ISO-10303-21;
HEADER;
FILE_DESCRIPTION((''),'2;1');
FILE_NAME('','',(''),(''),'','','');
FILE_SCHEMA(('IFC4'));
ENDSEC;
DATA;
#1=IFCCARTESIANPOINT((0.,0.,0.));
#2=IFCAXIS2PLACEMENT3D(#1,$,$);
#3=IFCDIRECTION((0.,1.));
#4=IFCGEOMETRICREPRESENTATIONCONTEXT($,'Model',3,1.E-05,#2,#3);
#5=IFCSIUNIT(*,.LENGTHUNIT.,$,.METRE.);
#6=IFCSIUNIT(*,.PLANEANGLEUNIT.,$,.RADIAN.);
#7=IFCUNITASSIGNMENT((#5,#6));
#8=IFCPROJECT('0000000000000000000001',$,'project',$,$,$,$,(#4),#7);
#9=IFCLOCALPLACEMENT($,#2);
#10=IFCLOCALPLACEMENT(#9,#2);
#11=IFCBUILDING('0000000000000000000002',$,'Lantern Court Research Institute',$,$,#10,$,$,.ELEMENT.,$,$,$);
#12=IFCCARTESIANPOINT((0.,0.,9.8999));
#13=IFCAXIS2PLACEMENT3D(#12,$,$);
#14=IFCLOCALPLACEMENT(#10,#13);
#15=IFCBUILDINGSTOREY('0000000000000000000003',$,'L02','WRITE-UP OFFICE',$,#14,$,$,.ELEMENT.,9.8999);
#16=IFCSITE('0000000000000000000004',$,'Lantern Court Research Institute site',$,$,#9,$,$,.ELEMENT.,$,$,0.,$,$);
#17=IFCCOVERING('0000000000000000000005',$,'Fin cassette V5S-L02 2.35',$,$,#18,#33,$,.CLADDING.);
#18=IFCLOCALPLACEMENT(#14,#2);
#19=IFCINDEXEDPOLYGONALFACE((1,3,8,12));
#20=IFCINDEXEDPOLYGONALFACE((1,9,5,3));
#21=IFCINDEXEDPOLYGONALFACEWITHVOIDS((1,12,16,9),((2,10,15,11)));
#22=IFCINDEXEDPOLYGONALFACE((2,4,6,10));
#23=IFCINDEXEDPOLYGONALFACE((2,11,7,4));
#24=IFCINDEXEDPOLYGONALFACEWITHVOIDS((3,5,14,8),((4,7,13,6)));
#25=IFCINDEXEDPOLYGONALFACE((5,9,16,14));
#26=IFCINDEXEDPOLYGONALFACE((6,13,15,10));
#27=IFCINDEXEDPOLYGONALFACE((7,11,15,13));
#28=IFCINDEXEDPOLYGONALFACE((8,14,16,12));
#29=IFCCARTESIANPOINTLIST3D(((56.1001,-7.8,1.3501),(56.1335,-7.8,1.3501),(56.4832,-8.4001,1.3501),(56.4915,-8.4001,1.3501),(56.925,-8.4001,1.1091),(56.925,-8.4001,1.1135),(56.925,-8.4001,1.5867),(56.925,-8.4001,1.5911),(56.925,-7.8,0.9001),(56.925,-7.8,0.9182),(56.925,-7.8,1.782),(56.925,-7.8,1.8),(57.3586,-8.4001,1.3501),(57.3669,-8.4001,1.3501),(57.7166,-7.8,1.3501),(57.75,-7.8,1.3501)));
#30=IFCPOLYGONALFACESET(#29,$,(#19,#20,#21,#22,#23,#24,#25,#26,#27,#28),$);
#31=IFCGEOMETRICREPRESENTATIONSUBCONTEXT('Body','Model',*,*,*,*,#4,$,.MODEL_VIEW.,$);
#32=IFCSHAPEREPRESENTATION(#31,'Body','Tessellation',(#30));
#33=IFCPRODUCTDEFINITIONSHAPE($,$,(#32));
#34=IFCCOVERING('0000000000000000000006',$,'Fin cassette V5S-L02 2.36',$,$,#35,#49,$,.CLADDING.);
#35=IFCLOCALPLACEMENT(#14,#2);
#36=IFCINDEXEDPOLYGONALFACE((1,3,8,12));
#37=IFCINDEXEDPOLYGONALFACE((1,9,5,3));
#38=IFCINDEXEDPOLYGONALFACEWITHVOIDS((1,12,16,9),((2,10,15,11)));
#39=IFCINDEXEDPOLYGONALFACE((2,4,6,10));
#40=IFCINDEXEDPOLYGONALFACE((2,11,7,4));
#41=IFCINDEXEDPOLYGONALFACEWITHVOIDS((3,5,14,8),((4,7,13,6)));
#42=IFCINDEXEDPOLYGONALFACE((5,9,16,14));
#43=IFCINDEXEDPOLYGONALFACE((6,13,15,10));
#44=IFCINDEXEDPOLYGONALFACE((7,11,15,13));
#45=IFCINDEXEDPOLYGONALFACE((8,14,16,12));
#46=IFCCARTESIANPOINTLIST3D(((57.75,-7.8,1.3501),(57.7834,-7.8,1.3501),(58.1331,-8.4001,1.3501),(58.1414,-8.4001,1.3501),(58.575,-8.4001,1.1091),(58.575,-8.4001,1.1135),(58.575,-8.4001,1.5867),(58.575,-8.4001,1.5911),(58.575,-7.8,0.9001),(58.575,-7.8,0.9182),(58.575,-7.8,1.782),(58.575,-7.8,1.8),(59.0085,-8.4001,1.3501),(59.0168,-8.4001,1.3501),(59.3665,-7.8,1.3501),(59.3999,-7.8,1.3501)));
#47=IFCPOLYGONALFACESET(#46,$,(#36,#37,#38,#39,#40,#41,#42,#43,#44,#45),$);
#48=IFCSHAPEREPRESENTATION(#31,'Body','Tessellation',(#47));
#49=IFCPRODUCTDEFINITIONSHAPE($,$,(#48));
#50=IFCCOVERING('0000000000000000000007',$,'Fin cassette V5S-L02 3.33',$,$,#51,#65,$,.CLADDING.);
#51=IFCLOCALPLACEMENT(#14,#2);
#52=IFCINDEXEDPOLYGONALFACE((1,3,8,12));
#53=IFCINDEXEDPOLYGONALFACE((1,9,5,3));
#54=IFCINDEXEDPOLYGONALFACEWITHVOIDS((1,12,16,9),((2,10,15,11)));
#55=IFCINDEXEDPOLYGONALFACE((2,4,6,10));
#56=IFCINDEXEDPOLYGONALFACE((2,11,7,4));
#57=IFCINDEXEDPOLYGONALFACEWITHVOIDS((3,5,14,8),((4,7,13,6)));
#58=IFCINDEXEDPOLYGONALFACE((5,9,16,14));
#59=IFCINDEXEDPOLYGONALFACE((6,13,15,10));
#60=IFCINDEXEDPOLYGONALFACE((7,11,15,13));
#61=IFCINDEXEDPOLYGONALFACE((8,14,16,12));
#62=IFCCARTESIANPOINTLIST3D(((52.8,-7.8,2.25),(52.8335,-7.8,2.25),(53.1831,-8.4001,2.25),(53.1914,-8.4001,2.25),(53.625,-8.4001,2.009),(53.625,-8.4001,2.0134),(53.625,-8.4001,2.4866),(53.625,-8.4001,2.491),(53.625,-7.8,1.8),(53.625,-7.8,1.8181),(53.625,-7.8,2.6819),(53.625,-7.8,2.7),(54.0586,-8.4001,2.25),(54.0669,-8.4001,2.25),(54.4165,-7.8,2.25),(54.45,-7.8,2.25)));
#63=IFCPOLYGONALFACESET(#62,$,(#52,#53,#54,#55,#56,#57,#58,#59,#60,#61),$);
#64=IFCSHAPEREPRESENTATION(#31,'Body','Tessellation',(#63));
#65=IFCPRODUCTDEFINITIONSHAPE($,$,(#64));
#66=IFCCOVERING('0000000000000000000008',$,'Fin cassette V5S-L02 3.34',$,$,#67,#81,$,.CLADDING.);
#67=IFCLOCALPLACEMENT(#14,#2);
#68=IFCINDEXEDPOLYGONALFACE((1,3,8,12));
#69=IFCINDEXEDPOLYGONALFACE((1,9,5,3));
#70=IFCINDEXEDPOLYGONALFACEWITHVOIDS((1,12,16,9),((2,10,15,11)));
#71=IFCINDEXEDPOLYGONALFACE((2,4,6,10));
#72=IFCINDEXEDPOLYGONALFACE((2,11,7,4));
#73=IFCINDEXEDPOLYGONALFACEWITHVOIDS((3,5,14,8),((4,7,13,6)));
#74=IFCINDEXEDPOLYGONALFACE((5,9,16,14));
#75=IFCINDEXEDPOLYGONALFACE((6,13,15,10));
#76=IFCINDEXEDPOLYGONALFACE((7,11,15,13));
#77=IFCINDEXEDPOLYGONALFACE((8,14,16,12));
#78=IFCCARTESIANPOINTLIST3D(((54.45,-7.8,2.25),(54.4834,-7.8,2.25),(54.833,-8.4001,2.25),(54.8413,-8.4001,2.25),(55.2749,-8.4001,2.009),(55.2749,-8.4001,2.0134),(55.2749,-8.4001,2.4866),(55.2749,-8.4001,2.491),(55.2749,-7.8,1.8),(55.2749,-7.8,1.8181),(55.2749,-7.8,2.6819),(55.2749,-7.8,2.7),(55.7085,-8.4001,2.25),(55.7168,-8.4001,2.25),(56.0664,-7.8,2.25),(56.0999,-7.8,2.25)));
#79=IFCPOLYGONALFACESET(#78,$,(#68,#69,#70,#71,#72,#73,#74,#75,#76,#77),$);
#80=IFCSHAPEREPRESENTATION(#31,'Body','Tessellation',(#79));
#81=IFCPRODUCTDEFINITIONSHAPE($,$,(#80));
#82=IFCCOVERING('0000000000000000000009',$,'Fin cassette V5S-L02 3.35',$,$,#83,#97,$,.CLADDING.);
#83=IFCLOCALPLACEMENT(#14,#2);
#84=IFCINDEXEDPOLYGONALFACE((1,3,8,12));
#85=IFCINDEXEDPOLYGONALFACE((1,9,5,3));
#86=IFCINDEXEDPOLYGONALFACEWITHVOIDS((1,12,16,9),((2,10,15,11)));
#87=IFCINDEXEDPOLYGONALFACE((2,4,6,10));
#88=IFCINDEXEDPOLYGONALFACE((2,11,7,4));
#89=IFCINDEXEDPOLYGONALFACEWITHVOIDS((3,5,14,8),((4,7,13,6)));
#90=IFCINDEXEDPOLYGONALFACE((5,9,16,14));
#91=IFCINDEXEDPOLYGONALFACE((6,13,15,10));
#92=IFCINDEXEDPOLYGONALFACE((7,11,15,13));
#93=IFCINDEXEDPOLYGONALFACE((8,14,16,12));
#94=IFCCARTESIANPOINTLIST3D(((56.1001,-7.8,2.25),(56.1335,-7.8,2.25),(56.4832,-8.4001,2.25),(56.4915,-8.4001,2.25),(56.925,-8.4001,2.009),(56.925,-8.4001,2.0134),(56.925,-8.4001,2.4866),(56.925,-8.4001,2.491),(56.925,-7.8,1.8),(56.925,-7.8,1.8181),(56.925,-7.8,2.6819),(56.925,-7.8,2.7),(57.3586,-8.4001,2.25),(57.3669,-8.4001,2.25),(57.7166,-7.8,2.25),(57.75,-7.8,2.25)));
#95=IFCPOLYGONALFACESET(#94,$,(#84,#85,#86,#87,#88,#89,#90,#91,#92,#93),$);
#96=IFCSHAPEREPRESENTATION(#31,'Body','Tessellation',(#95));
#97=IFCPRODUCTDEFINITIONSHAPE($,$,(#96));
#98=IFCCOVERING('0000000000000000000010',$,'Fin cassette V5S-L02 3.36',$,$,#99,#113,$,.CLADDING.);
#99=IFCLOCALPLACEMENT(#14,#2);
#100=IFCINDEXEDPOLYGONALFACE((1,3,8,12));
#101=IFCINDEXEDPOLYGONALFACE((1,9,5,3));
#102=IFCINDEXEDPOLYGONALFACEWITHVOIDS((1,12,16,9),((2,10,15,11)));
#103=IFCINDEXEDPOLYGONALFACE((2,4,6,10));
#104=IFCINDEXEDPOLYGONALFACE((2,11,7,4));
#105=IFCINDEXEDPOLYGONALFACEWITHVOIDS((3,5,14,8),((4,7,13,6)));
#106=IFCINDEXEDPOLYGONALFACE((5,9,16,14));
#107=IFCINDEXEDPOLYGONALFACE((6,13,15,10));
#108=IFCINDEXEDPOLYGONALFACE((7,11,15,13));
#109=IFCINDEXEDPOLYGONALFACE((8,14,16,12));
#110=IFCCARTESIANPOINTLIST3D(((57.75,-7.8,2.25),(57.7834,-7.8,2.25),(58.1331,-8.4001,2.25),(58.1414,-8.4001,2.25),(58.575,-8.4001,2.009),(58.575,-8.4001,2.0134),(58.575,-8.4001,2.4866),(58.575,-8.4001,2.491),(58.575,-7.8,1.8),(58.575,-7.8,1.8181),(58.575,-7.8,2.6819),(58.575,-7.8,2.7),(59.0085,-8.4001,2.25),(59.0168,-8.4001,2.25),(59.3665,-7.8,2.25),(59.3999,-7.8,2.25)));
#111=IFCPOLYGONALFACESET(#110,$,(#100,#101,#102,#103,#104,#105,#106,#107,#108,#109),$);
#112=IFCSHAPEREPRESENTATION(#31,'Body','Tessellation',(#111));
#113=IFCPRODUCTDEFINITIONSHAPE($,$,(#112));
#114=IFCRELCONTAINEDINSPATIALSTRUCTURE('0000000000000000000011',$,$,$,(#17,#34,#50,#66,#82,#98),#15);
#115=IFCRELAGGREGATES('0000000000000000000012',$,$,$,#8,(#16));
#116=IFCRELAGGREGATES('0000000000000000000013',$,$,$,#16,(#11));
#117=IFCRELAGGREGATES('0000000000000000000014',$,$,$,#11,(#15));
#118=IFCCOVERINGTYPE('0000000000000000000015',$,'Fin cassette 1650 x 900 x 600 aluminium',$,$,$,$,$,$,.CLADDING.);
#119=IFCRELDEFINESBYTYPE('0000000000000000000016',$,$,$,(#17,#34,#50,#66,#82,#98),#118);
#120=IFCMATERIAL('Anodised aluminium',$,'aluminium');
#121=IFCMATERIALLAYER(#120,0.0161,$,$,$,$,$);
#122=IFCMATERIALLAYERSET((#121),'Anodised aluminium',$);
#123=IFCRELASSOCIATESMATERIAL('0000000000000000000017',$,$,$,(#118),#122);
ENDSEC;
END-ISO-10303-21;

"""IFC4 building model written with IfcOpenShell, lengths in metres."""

from ifc_helpers import new_model, entity, si_unit, direction, frame, origin, place, context, subcontext, project, spatial, material, layer, layer_set, type_object, element, save


model = new_model("IFC4")

# Units and contexts
model_context = context("Model", 3, precision=1e-05, world=origin(), true_north=direction((0.0, 1.0)))
body_context = subcontext(model_context, "Body", "Model", "MODEL_VIEW")
ifc_project = project(units=[si_unit("LENGTHUNIT", "METRE"), si_unit("PLANEANGLEUNIT", "RADIAN")], contexts=[model_context])

# Site, building, storey
site_placement = place(None, origin())
site = spatial("IfcSite", under=ifc_project, at=site_placement, Name="Lantern Court Research Institute site", CompositionType="ELEMENT", RefElevation=0.0)
building_placement = place(site_placement, origin())
building = spatial("IfcBuilding", under=site, at=building_placement, Name="Lantern Court Research Institute", CompositionType="ELEMENT")
storey_placement = place(building_placement, frame((0.0, 0.0, 9.8999)))
storey = spatial("IfcBuildingStorey", under=building, at=storey_placement, Name="L02", Description="WRITE-UP OFFICE", CompositionType="ELEMENT", Elevation=9.8999)

# Coverings
ifc_material = material(Name="Anodised aluminium", Category="aluminium")
ifc_layer = layer(ifc_material, 0.0161)
ifc_layer_set = layer_set([ifc_layer], Name="Anodised aluminium")
covering_type = type_object("IfcCoveringType", Name="Fin cassette 1650 x 900 x 600 aluminium", PredefinedType="CLADDING", material=ifc_layer_set)
covering_1_placement = place(storey_placement, frame((56.925, -7.8, 1.3501), z_axis=(0.0, -1.0, 0.0), x_axis=(1.0, 0.0, 0.0)))
cartesian_point_1 = entity("IfcCartesianPoint", [0.825, 0.0])
cartesian_point_2 = entity("IfcCartesianPoint", [0.7915, 0.0])
cartesian_point_3 = entity("IfcCartesianPoint", [0.4419, 0.0])
cartesian_point_4 = entity("IfcCartesianPoint", [0.4336, 0.0])
element("IfcCovering", 1, at=covering_1_placement, inside=storey, type_object=covering_type, Name="Fin cassette V5S-L02 2.35", PredefinedType="CLADDING", context=body_context, shape_type="SweptSolid", body=[
    entity("IfcExtrudedAreaSolidTapered", entity("IfcArbitraryProfileDefWithVoids", "AREA", None, entity("IfcPolyline", [cartesian_point_1, entity("IfcCartesianPoint", [0.0, 0.45]), entity("IfcCartesianPoint", [-0.825, 0.0]), entity("IfcCartesianPoint", [0.0, -0.45]), cartesian_point_1]), [entity("IfcPolyline", [cartesian_point_2, entity("IfcCartesianPoint", [0.0, 0.4319]), entity("IfcCartesianPoint", [-0.7915, 0.0]), entity("IfcCartesianPoint", [0.0, -0.4319]), cartesian_point_2])]), entity("IfcAxis2Placement3D", entity("IfcCartesianPoint", [0.0, 0.0, 0.0])), entity("IfcDirection", [0.0, 0.0, 1.0]), 0.6001, entity("IfcArbitraryProfileDefWithVoids", "AREA", None, entity("IfcPolyline", [cartesian_point_3, entity("IfcCartesianPoint", [0.0, 0.241]), entity("IfcCartesianPoint", [-0.4419, 0.0]), entity("IfcCartesianPoint", [0.0, -0.241]), cartesian_point_3]), [entity("IfcPolyline", [cartesian_point_4, entity("IfcCartesianPoint", [0.0, 0.2366]), entity("IfcCartesianPoint", [-0.4336, 0.0]), entity("IfcCartesianPoint", [0.0, -0.2366]), cartesian_point_4])])),
])
covering_2_placement = place(storey_placement, frame((58.575, -7.8, 1.3501), z_axis=(0.0, -1.0, 0.0), x_axis=(1.0, 0.0, 0.0)))
cartesian_point_5 = entity("IfcCartesianPoint", [0.825, 0.0])
cartesian_point_6 = entity("IfcCartesianPoint", [0.7915, 0.0])
cartesian_point_7 = entity("IfcCartesianPoint", [0.4419, 0.0])
cartesian_point_8 = entity("IfcCartesianPoint", [0.4336, 0.0])
element("IfcCovering", 2, at=covering_2_placement, inside=storey, type_object=covering_type, Name="Fin cassette V5S-L02 2.36", PredefinedType="CLADDING", context=body_context, shape_type="SweptSolid", body=[
    entity("IfcExtrudedAreaSolidTapered", entity("IfcArbitraryProfileDefWithVoids", "AREA", None, entity("IfcPolyline", [cartesian_point_5, entity("IfcCartesianPoint", [0.0, 0.45]), entity("IfcCartesianPoint", [-0.825, 0.0]), entity("IfcCartesianPoint", [0.0, -0.45]), cartesian_point_5]), [entity("IfcPolyline", [cartesian_point_6, entity("IfcCartesianPoint", [0.0, 0.4319]), entity("IfcCartesianPoint", [-0.7915, 0.0]), entity("IfcCartesianPoint", [0.0, -0.4319]), cartesian_point_6])]), entity("IfcAxis2Placement3D", entity("IfcCartesianPoint", [0.0, 0.0, 0.0])), entity("IfcDirection", [0.0, 0.0, 1.0]), 0.6001, entity("IfcArbitraryProfileDefWithVoids", "AREA", None, entity("IfcPolyline", [cartesian_point_7, entity("IfcCartesianPoint", [0.0, 0.241]), entity("IfcCartesianPoint", [-0.4419, 0.0]), entity("IfcCartesianPoint", [0.0, -0.241]), cartesian_point_7]), [entity("IfcPolyline", [cartesian_point_8, entity("IfcCartesianPoint", [0.0, 0.2366]), entity("IfcCartesianPoint", [-0.4336, 0.0]), entity("IfcCartesianPoint", [0.0, -0.2366]), cartesian_point_8])])),
])
covering_3_placement = place(storey_placement, frame((53.625, -7.8, 2.25), z_axis=(0.0, -1.0, 0.0), x_axis=(1.0, 0.0, 0.0)))
cartesian_point_9 = entity("IfcCartesianPoint", [0.825, 0.0])
cartesian_point_10 = entity("IfcCartesianPoint", [0.7915, 0.0])
cartesian_point_11 = entity("IfcCartesianPoint", [0.4419, 0.0])
cartesian_point_12 = entity("IfcCartesianPoint", [0.4336, 0.0])
element("IfcCovering", 3, at=covering_3_placement, inside=storey, type_object=covering_type, Name="Fin cassette V5S-L02 3.33", PredefinedType="CLADDING", context=body_context, shape_type="SweptSolid", body=[
    entity("IfcExtrudedAreaSolidTapered", entity("IfcArbitraryProfileDefWithVoids", "AREA", None, entity("IfcPolyline", [cartesian_point_9, entity("IfcCartesianPoint", [0.0, 0.45]), entity("IfcCartesianPoint", [-0.825, 0.0]), entity("IfcCartesianPoint", [0.0, -0.45]), cartesian_point_9]), [entity("IfcPolyline", [cartesian_point_10, entity("IfcCartesianPoint", [0.0, 0.4319]), entity("IfcCartesianPoint", [-0.7915, 0.0]), entity("IfcCartesianPoint", [0.0, -0.4319]), cartesian_point_10])]), entity("IfcAxis2Placement3D", entity("IfcCartesianPoint", [0.0, 0.0, 0.0])), entity("IfcDirection", [0.0, 0.0, 1.0]), 0.6001, entity("IfcArbitraryProfileDefWithVoids", "AREA", None, entity("IfcPolyline", [cartesian_point_11, entity("IfcCartesianPoint", [0.0, 0.241]), entity("IfcCartesianPoint", [-0.4419, 0.0]), entity("IfcCartesianPoint", [0.0, -0.241]), cartesian_point_11]), [entity("IfcPolyline", [cartesian_point_12, entity("IfcCartesianPoint", [0.0, 0.2366]), entity("IfcCartesianPoint", [-0.4336, 0.0]), entity("IfcCartesianPoint", [0.0, -0.2366]), cartesian_point_12])])),
])
covering_4_placement = place(storey_placement, frame((55.2749, -7.8, 2.25), z_axis=(0.0, -1.0, 0.0), x_axis=(1.0, 0.0, 0.0)))
cartesian_point_13 = entity("IfcCartesianPoint", [0.825, 0.0])
cartesian_point_14 = entity("IfcCartesianPoint", [0.7915, 0.0])
cartesian_point_15 = entity("IfcCartesianPoint", [0.4419, 0.0])
cartesian_point_16 = entity("IfcCartesianPoint", [0.4336, 0.0])
element("IfcCovering", 4, at=covering_4_placement, inside=storey, type_object=covering_type, Name="Fin cassette V5S-L02 3.34", PredefinedType="CLADDING", context=body_context, shape_type="SweptSolid", body=[
    entity("IfcExtrudedAreaSolidTapered", entity("IfcArbitraryProfileDefWithVoids", "AREA", None, entity("IfcPolyline", [cartesian_point_13, entity("IfcCartesianPoint", [0.0, 0.45]), entity("IfcCartesianPoint", [-0.825, 0.0]), entity("IfcCartesianPoint", [0.0, -0.45]), cartesian_point_13]), [entity("IfcPolyline", [cartesian_point_14, entity("IfcCartesianPoint", [0.0, 0.4319]), entity("IfcCartesianPoint", [-0.7915, 0.0]), entity("IfcCartesianPoint", [0.0, -0.4319]), cartesian_point_14])]), entity("IfcAxis2Placement3D", entity("IfcCartesianPoint", [0.0, 0.0, 0.0])), entity("IfcDirection", [0.0, 0.0, 1.0]), 0.6001, entity("IfcArbitraryProfileDefWithVoids", "AREA", None, entity("IfcPolyline", [cartesian_point_15, entity("IfcCartesianPoint", [0.0, 0.241]), entity("IfcCartesianPoint", [-0.4419, 0.0]), entity("IfcCartesianPoint", [0.0, -0.241]), cartesian_point_15]), [entity("IfcPolyline", [cartesian_point_16, entity("IfcCartesianPoint", [0.0, 0.2366]), entity("IfcCartesianPoint", [-0.4336, 0.0]), entity("IfcCartesianPoint", [0.0, -0.2366]), cartesian_point_16])])),
])
covering_5_placement = place(storey_placement, frame((56.925, -7.8, 2.25), z_axis=(0.0, -1.0, 0.0), x_axis=(1.0, 0.0, 0.0)))
cartesian_point_17 = entity("IfcCartesianPoint", [0.825, 0.0])
cartesian_point_18 = entity("IfcCartesianPoint", [0.7915, 0.0])
cartesian_point_19 = entity("IfcCartesianPoint", [0.4419, 0.0])
cartesian_point_20 = entity("IfcCartesianPoint", [0.4336, 0.0])
element("IfcCovering", 5, at=covering_5_placement, inside=storey, type_object=covering_type, Name="Fin cassette V5S-L02 3.35", PredefinedType="CLADDING", context=body_context, shape_type="SweptSolid", body=[
    entity("IfcExtrudedAreaSolidTapered", entity("IfcArbitraryProfileDefWithVoids", "AREA", None, entity("IfcPolyline", [cartesian_point_17, entity("IfcCartesianPoint", [0.0, 0.45]), entity("IfcCartesianPoint", [-0.825, 0.0]), entity("IfcCartesianPoint", [0.0, -0.45]), cartesian_point_17]), [entity("IfcPolyline", [cartesian_point_18, entity("IfcCartesianPoint", [0.0, 0.4319]), entity("IfcCartesianPoint", [-0.7915, 0.0]), entity("IfcCartesianPoint", [0.0, -0.4319]), cartesian_point_18])]), entity("IfcAxis2Placement3D", entity("IfcCartesianPoint", [0.0, 0.0, 0.0])), entity("IfcDirection", [0.0, 0.0, 1.0]), 0.6001, entity("IfcArbitraryProfileDefWithVoids", "AREA", None, entity("IfcPolyline", [cartesian_point_19, entity("IfcCartesianPoint", [0.0, 0.241]), entity("IfcCartesianPoint", [-0.4419, 0.0]), entity("IfcCartesianPoint", [0.0, -0.241]), cartesian_point_19]), [entity("IfcPolyline", [cartesian_point_20, entity("IfcCartesianPoint", [0.0, 0.2366]), entity("IfcCartesianPoint", [-0.4336, 0.0]), entity("IfcCartesianPoint", [0.0, -0.2366]), cartesian_point_20])])),
])
covering_6_placement = place(storey_placement, frame((58.575, -7.8, 2.25), z_axis=(0.0, -1.0, 0.0), x_axis=(1.0, 0.0, 0.0)))
cartesian_point_21 = entity("IfcCartesianPoint", [0.825, 0.0])
cartesian_point_22 = entity("IfcCartesianPoint", [0.7915, 0.0])
cartesian_point_23 = entity("IfcCartesianPoint", [0.4419, 0.0])
cartesian_point_24 = entity("IfcCartesianPoint", [0.4336, 0.0])
element("IfcCovering", 6, at=covering_6_placement, inside=storey, type_object=covering_type, Name="Fin cassette V5S-L02 3.36", PredefinedType="CLADDING", context=body_context, shape_type="SweptSolid", body=[
    entity("IfcExtrudedAreaSolidTapered", entity("IfcArbitraryProfileDefWithVoids", "AREA", None, entity("IfcPolyline", [cartesian_point_21, entity("IfcCartesianPoint", [0.0, 0.45]), entity("IfcCartesianPoint", [-0.825, 0.0]), entity("IfcCartesianPoint", [0.0, -0.45]), cartesian_point_21]), [entity("IfcPolyline", [cartesian_point_22, entity("IfcCartesianPoint", [0.0, 0.4319]), entity("IfcCartesianPoint", [-0.7915, 0.0]), entity("IfcCartesianPoint", [0.0, -0.4319]), cartesian_point_22])]), entity("IfcAxis2Placement3D", entity("IfcCartesianPoint", [0.0, 0.0, 0.0])), entity("IfcDirection", [0.0, 0.0, 1.0]), 0.6001, entity("IfcArbitraryProfileDefWithVoids", "AREA", None, entity("IfcPolyline", [cartesian_point_23, entity("IfcCartesianPoint", [0.0, 0.241]), entity("IfcCartesianPoint", [-0.4419, 0.0]), entity("IfcCartesianPoint", [0.0, -0.241]), cartesian_point_23]), [entity("IfcPolyline", [cartesian_point_24, entity("IfcCartesianPoint", [0.0, 0.2366]), entity("IfcCartesianPoint", [-0.4336, 0.0]), entity("IfcCartesianPoint", [0.0, -0.2366]), cartesian_point_24])])),
])

save(model, "model.ifc")
